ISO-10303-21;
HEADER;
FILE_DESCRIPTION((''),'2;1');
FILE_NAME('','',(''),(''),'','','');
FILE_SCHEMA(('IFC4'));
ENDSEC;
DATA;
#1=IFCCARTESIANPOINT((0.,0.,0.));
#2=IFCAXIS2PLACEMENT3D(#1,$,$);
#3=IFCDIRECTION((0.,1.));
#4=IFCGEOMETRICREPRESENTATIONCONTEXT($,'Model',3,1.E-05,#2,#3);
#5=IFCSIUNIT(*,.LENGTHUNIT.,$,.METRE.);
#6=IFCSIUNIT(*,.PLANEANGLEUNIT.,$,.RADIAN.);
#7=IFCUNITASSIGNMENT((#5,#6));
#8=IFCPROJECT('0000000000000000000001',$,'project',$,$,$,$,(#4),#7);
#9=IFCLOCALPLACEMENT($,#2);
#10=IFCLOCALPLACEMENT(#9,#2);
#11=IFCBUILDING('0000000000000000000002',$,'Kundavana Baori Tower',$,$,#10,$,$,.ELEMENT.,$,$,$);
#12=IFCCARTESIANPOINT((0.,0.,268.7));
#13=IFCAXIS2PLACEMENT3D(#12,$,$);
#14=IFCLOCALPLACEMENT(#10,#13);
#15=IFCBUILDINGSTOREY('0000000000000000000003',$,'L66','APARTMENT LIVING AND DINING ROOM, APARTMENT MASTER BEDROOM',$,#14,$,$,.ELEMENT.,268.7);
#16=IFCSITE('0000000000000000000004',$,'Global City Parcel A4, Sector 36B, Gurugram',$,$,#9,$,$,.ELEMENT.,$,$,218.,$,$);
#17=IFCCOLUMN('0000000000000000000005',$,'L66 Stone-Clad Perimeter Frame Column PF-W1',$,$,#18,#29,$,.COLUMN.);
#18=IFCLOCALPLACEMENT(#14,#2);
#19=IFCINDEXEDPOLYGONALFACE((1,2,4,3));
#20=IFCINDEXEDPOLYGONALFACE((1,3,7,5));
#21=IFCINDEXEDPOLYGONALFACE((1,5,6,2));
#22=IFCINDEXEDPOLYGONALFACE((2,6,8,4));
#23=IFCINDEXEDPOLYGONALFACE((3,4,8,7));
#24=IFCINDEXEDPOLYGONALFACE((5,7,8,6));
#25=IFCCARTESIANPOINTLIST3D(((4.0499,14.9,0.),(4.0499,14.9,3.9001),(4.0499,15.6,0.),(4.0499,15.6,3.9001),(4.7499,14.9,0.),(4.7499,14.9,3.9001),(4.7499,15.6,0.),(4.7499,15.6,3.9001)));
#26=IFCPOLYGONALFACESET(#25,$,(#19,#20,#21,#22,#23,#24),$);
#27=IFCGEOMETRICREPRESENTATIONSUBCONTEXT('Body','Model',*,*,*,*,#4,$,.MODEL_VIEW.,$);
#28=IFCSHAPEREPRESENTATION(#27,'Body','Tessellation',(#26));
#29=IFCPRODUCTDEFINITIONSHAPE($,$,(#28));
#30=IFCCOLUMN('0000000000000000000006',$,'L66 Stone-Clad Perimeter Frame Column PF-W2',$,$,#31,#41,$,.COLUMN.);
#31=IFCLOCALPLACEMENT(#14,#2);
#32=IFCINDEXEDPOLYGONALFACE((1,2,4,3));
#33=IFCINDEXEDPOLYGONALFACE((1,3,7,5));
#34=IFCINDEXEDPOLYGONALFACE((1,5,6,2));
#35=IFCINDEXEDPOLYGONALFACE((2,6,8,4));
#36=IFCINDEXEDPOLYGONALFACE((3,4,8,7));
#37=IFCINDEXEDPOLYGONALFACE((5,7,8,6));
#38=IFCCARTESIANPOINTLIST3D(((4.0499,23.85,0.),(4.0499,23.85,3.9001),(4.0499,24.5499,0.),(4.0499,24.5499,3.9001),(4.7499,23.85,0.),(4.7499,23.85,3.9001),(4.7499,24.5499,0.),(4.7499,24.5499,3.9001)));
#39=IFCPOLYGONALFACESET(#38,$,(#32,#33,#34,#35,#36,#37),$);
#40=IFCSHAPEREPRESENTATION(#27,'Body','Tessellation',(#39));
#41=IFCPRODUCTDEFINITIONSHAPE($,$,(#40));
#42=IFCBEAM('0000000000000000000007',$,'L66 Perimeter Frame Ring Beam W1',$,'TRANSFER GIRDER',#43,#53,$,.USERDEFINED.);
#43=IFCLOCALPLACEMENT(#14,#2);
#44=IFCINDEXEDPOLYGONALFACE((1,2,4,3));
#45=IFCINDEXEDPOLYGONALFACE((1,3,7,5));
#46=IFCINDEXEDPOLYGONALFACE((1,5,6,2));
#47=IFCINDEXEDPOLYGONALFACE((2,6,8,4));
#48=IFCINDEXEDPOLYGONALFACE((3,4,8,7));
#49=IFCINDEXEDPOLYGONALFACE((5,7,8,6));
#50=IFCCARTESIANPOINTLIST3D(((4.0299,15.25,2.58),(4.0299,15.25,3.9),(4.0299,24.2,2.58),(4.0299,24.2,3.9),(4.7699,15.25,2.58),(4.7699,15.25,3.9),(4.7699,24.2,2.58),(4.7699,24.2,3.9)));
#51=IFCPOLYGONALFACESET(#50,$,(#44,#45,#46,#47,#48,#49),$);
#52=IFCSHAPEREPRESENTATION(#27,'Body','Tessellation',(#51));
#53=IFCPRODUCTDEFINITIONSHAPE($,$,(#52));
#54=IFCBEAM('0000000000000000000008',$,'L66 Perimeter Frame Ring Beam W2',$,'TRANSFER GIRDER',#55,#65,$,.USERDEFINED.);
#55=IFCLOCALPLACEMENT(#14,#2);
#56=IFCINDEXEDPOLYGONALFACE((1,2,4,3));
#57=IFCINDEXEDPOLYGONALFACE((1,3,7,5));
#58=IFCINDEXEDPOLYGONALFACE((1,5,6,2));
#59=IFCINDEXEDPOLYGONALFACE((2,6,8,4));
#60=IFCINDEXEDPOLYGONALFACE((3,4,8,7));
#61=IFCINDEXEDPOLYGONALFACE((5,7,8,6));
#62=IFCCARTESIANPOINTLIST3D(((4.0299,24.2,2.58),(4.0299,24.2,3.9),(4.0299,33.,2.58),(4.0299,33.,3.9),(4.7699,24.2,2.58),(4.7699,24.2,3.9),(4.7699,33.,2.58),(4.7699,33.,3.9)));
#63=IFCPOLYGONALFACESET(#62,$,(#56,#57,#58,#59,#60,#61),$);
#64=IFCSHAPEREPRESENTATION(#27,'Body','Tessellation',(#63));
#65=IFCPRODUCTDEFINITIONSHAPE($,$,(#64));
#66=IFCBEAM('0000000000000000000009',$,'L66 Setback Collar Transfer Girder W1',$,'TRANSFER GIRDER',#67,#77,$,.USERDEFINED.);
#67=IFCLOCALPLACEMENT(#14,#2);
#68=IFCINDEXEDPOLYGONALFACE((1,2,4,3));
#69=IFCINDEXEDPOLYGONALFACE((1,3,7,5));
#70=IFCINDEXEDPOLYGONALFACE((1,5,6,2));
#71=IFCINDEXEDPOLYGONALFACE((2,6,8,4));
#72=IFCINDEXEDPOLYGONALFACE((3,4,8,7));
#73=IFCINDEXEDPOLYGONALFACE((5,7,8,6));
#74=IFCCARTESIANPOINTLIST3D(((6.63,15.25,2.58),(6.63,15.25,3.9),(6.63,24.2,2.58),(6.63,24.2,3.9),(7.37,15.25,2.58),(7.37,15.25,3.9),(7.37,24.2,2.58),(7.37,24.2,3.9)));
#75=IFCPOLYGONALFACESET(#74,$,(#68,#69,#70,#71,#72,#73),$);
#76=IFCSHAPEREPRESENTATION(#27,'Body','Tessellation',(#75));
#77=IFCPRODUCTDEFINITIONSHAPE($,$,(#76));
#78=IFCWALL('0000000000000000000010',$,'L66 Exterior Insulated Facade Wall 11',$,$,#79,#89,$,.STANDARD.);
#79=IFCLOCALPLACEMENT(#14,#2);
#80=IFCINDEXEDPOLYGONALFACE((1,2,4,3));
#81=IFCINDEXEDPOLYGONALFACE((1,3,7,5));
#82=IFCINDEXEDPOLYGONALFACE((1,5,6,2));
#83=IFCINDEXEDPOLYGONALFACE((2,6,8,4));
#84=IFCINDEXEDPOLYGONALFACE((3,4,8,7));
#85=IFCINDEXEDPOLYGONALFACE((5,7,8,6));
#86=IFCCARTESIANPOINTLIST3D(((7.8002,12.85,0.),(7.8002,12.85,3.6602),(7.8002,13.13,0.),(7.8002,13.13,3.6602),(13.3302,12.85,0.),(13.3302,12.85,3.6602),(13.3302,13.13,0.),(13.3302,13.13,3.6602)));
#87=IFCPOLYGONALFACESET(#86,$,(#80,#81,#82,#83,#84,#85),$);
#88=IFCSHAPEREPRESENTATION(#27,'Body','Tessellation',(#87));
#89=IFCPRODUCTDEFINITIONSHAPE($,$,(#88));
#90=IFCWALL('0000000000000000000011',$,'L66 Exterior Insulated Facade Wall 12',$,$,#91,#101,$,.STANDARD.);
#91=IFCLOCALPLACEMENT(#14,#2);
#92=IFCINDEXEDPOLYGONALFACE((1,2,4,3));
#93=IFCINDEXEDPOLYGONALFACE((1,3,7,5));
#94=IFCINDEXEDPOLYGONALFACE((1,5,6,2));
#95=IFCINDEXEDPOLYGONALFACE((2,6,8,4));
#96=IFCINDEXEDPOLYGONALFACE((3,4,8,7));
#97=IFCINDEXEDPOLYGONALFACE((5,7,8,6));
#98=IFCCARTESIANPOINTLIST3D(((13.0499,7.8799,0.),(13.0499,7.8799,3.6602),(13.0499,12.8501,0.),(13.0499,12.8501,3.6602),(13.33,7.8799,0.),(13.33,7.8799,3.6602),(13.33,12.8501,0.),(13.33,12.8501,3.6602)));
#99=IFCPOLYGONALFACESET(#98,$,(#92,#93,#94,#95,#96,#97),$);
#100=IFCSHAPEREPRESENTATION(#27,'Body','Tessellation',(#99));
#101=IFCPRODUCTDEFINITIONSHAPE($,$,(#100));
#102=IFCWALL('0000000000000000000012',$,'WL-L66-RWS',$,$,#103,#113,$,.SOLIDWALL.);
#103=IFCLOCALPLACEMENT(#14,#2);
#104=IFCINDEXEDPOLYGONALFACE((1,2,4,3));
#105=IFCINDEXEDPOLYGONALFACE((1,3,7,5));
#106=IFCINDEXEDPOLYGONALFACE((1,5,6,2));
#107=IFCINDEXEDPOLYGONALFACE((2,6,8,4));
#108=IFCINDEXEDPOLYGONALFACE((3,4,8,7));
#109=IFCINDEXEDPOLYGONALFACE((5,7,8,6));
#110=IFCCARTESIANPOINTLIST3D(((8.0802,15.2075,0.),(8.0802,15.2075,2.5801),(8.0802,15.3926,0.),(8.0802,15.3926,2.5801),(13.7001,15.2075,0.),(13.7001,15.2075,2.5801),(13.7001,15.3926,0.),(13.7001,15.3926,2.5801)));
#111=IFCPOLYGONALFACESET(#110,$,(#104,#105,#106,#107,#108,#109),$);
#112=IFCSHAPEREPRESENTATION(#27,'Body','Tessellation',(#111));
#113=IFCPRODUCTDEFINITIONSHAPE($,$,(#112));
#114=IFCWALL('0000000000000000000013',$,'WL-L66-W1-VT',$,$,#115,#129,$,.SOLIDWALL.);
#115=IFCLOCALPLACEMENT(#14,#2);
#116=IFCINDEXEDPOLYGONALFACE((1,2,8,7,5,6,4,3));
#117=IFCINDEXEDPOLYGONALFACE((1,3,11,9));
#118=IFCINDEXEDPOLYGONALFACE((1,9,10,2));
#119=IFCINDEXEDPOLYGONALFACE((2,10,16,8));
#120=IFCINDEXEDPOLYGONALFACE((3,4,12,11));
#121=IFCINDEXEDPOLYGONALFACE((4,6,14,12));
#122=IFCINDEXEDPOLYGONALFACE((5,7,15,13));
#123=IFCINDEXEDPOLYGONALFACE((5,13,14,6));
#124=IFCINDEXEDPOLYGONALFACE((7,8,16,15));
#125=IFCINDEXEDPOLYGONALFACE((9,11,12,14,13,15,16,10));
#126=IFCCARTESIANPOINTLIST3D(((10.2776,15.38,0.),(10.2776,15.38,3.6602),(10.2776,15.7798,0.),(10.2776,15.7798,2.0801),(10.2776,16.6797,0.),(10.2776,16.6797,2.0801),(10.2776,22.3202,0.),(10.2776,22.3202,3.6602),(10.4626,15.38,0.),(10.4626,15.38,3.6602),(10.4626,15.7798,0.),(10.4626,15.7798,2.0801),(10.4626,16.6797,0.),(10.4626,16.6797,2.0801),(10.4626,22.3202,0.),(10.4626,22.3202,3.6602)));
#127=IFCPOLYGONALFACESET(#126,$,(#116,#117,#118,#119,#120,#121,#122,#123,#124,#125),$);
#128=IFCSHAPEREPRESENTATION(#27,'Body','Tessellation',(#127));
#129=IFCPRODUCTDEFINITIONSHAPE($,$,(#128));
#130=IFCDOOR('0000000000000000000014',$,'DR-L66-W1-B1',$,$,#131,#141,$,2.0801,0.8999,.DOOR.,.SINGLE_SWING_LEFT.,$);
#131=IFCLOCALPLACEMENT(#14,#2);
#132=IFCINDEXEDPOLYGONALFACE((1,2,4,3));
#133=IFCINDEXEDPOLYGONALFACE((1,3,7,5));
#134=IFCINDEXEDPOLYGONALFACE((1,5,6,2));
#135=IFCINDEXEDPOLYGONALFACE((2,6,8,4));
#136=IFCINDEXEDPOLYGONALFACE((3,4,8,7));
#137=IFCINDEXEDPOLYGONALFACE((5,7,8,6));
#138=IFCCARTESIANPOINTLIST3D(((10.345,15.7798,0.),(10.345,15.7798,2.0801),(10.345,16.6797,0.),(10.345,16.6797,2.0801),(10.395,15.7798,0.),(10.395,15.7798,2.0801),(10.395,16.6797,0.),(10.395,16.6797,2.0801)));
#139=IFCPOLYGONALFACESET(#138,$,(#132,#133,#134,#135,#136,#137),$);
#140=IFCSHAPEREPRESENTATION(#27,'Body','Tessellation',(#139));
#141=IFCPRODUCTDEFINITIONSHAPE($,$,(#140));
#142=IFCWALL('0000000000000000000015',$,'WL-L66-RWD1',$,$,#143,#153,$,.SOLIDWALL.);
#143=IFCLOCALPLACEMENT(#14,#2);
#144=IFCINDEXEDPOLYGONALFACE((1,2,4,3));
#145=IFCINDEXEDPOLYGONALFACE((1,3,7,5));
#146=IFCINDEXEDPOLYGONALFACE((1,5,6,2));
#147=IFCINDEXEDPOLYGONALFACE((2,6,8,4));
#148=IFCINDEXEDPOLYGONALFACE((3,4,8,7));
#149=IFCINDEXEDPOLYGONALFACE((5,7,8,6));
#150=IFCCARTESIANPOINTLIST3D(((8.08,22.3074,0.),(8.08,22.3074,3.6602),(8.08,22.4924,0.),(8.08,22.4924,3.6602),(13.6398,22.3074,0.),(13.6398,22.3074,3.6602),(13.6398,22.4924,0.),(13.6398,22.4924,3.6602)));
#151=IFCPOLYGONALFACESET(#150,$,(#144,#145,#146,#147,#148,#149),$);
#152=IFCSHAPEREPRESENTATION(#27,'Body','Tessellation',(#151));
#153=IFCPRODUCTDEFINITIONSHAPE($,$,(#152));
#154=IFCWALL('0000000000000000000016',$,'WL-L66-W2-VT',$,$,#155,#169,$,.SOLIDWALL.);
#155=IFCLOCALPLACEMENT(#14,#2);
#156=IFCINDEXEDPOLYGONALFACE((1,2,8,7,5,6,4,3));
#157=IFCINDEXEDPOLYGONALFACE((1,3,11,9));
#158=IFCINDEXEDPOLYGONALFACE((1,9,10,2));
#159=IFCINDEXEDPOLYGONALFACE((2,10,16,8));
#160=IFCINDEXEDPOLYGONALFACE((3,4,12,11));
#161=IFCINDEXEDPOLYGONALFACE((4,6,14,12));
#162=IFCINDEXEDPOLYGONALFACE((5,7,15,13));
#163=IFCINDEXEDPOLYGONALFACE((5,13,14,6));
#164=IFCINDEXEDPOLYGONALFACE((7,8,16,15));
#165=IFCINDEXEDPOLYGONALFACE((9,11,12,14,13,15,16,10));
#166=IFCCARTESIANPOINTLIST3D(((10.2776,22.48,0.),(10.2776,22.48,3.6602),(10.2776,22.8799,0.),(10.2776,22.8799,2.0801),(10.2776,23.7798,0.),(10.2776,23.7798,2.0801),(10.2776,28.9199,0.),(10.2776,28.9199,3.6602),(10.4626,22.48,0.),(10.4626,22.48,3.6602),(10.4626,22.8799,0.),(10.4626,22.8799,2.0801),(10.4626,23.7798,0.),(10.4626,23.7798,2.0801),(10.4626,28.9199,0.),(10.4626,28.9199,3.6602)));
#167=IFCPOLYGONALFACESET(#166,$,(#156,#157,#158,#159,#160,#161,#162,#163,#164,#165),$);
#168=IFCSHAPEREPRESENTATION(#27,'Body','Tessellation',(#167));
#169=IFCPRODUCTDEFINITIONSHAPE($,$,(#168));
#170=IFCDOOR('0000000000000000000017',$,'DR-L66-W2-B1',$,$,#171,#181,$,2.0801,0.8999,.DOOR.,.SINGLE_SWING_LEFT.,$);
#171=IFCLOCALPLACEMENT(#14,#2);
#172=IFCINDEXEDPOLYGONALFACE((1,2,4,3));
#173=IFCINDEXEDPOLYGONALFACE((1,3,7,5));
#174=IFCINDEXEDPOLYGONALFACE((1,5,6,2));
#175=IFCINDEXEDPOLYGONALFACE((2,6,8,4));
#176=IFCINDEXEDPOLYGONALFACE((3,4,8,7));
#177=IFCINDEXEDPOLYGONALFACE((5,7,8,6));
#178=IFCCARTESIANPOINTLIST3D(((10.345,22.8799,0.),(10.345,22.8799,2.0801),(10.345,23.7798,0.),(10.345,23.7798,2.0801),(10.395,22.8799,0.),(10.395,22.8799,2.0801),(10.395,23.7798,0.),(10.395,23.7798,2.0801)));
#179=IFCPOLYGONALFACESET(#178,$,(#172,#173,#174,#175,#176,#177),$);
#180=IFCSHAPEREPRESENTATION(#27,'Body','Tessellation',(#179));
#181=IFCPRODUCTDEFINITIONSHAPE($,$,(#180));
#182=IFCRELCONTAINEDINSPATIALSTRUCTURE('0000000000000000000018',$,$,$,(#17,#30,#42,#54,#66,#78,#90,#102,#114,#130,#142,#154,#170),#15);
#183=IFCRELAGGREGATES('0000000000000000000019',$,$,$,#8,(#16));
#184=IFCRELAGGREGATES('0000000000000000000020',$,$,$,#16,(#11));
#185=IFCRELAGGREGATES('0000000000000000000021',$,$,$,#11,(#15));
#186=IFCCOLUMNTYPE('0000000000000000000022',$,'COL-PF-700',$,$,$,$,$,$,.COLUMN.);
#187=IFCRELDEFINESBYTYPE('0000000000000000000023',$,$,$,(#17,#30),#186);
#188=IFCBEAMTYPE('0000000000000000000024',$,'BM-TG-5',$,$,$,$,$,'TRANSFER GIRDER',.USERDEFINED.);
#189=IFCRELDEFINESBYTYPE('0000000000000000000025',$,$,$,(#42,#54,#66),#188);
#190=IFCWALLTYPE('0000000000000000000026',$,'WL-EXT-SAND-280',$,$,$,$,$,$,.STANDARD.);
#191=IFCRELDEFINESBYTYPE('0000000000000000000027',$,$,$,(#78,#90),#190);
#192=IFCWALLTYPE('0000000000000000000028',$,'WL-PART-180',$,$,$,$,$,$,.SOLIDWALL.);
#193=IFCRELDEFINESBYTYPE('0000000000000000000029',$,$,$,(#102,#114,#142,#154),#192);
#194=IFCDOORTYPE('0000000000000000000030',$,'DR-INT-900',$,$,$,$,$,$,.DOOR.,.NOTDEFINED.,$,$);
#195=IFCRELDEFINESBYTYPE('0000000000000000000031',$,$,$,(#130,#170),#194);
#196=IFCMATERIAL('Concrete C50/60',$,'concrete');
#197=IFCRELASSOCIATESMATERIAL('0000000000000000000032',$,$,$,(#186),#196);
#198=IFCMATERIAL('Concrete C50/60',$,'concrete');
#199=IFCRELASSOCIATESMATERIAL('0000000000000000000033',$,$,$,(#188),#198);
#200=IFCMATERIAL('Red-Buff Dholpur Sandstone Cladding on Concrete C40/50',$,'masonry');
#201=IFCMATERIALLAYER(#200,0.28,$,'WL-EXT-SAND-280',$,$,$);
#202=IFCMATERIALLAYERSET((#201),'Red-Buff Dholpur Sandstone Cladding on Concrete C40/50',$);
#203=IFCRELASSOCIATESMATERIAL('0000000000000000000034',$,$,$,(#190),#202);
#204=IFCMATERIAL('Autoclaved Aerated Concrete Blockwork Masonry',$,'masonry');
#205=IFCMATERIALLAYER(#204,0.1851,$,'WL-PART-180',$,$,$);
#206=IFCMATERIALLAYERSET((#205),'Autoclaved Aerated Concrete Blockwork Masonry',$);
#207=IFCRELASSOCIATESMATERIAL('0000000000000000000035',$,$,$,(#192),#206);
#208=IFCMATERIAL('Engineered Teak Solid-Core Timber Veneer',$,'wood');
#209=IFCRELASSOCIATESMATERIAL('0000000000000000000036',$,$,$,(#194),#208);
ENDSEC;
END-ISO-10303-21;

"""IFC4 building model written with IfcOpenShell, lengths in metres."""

from ifc_helpers import new_model, si_unit, direction, frame, frame_2d, origin, origin_2d, place, context, subcontext, project, spatial, rectangle, extrude, material, layer, layer_set, material_profile, profile_set, type_object, element, fill, save


model = new_model("IFC4")

# Units and contexts
model_context = context("Model", 3, precision=1e-05, world=origin(), true_north=direction((0.0, 1.0)))
body_context = subcontext(model_context, "Body", "Model", "MODEL_VIEW")
ifc_project = project(units=[si_unit("LENGTHUNIT", "METRE"), si_unit("PLANEANGLEUNIT", "RADIAN")], contexts=[model_context])

# Site, building, storey
site_placement = place(None, origin())
site = spatial("IfcSite", under=ifc_project, at=site_placement, Name="Global City Parcel A4, Sector 36B, Gurugram", CompositionType="ELEMENT", RefElevation=218.0)
building_placement = place(site_placement, origin())
building = spatial("IfcBuilding", under=site, at=building_placement, Name="Kundavana Baori Tower", CompositionType="ELEMENT")
storey_placement = place(building_placement, frame((0.0, 0.0, 268.7)))
storey = spatial("IfcBuildingStorey", under=building, at=storey_placement, Name="L66", Description="APARTMENT LIVING AND DINING ROOM, APARTMENT MASTER BEDROOM", CompositionType="ELEMENT", Elevation=268.7)

# Columns
ifc_material_1 = material(Name="Concrete C50/60", Category="concrete")
ifc_material_profile_1 = material_profile(ifc_material_1, rectangle(XDim=0.7, YDim=0.7, at=origin_2d()), Name="RC PF 700x700")
ifc_profile_set_1 = profile_set([ifc_material_profile_1], Name="Concrete C50/60")
column_type = type_object("IfcColumnType", Name="COL-PF-700", PredefinedType="COLUMN", material=ifc_profile_set_1)
for number, where, z_axis, x_axis, name in (
    (1, (4.3999, 15.25, 0.0), (0.0, 0.0, 1.0), (1.0, 0.0, 0.0), "L66 Stone-Clad Perimeter Frame Column PF-W1"),
    (2, (4.3999, 24.2, 0.0), (0.0, 0.0, 1.0), (1.0, 0.0, 0.0), "L66 Stone-Clad Perimeter Frame Column PF-W2"),
):
    element("IfcColumn", number, at=place(storey_placement, frame(where, z_axis=z_axis, x_axis=x_axis)), inside=storey, type_object=column_type, Name=name, PredefinedType="COLUMN", context=body_context, shape_type="SweptSolid", body=[
        extrude(rectangle(XDim=0.7, YDim=0.7, at=origin_2d()), origin(), (0.0, 0.0, 1.0), 3.9001),
    ])

# Beams
ifc_material_2 = material(Name="Concrete C50/60", Category="concrete")
ifc_material_profile_2 = material_profile(ifc_material_2, rectangle(XDim=0.74, YDim=1.3201, at=origin_2d()), Name="BM-TG-5")
ifc_profile_set_2 = profile_set([ifc_material_profile_2], Name="Concrete C50/60")
beam_type = type_object("IfcBeamType", Name="BM-TG-5", ElementType="TRANSFER GIRDER", PredefinedType="USERDEFINED", material=ifc_profile_set_2)
beam_1_placement = place(storey_placement, frame((4.3999, 15.25, 3.24), z_axis=(0.0, 1.0, 0.0), x_axis=(-1.0, 0.0, 0.0)))
element("IfcBeam", 3, at=beam_1_placement, inside=storey, type_object=beam_type, Name="L66 Perimeter Frame Ring Beam W1", ObjectType="TRANSFER GIRDER", PredefinedType="USERDEFINED", context=body_context, shape_type="SweptSolid", body=[
    extrude(rectangle(XDim=0.74, YDim=1.3201, at=origin_2d()), origin(), (0.0, 0.0, 1.0), 8.95),
])
beam_2_placement = place(storey_placement, frame((4.3999, 24.2, 3.24), z_axis=(0.0, 1.0, 0.0), x_axis=(-1.0, 0.0, 0.0)))
element("IfcBeam", 4, at=beam_2_placement, inside=storey, type_object=beam_type, Name="L66 Perimeter Frame Ring Beam W2", ObjectType="TRANSFER GIRDER", PredefinedType="USERDEFINED", context=body_context, shape_type="SweptSolid", body=[
    extrude(rectangle(XDim=0.74, YDim=1.3201, at=origin_2d()), origin(), (0.0, 0.0, 1.0), 8.8),
])
beam_3_placement = place(storey_placement, frame((7.0, 15.25, 3.24), z_axis=(0.0, 1.0, 0.0), x_axis=(-1.0, 0.0, 0.0)))
element("IfcBeam", 5, at=beam_3_placement, inside=storey, type_object=beam_type, Name="L66 Setback Collar Transfer Girder W1", ObjectType="TRANSFER GIRDER", PredefinedType="USERDEFINED", context=body_context, shape_type="SweptSolid", body=[
    extrude(rectangle(XDim=0.74, YDim=1.3201, at=origin_2d()), origin(), (0.0, 0.0, 1.0), 8.95),
])

# Walls
ifc_material_3 = material(Name="Red-Buff Dholpur Sandstone Cladding on Concrete C40/50", Category="masonry")
ifc_layer_1 = layer(ifc_material_3, 0.28, Name="WL-EXT-SAND-280")
ifc_layer_set_1 = layer_set([ifc_layer_1], Name="Red-Buff Dholpur Sandstone Cladding on Concrete C40/50")
wall_type_1 = type_object("IfcWallType", Name="WL-EXT-SAND-280", PredefinedType="STANDARD", material=ifc_layer_set_1)
wall_1_placement = place(storey_placement, frame((7.8, 12.99, 0.0), z_axis=(0.0, 0.0, 1.0), x_axis=(1.0, 0.0, 0.0)))
element("IfcWall", 6, at=wall_1_placement, inside=storey, type_object=wall_type_1, Name="L66 Exterior Insulated Facade Wall 11", PredefinedType="STANDARD", context=body_context, shape_type="SweptSolid", body=[
    extrude(rectangle(XDim=5.53, YDim=0.28, at=frame_2d((2.7651, 0.0))), origin(), (0.0, 0.0, 1.0), 3.6602),
])
wall_2_placement = place(storey_placement, frame((13.1899, 12.8501, 0.0), z_axis=(0.0, 0.0, 1.0), x_axis=(0.0, -1.0, 0.0)))
element("IfcWall", 7, at=wall_2_placement, inside=storey, type_object=wall_type_1, Name="L66 Exterior Insulated Facade Wall 12", PredefinedType="STANDARD", context=body_context, shape_type="SweptSolid", body=[
    extrude(rectangle(XDim=4.9702, YDim=0.28, at=frame_2d((2.4851, 0.0))), origin(), (0.0, 0.0, 1.0), 3.6602),
])
ifc_material_4 = material(Name="Autoclaved Aerated Concrete Blockwork Masonry", Category="masonry")
ifc_layer_2 = layer(ifc_material_4, 0.1851, Name="WL-PART-180")
ifc_layer_set_2 = layer_set([ifc_layer_2], Name="Autoclaved Aerated Concrete Blockwork Masonry")
wall_type_2 = type_object("IfcWallType", Name="WL-PART-180", PredefinedType="SOLIDWALL", material=ifc_layer_set_2)
wall_3_placement = place(storey_placement, frame((8.0801, 15.3, 0.0), z_axis=(0.0, 0.0, 1.0), x_axis=(1.0, 0.0, 0.0)))
element("IfcWall", 8, at=wall_3_placement, inside=storey, type_object=wall_type_2, Name="WL-L66-RWS", PredefinedType="SOLIDWALL", context=body_context, shape_type="SweptSolid", body=[
    extrude(rectangle(XDim=5.6199, YDim=0.1851, at=frame_2d((2.8101, 0.0))), origin(), (0.0, 0.0, 1.0), 2.5801),
])

# Wall, opening, door
wall_4_placement = place(storey_placement, frame((10.3701, 15.3799, 0.0), z_axis=(0.0, 0.0, 1.0), x_axis=(0.0, 1.0, 0.0)))
wall_4 = element("IfcWall", 9, at=wall_4_placement, inside=storey, type_object=wall_type_2, Name="WL-L66-W1-VT", PredefinedType="SOLIDWALL", context=body_context, shape_type="SweptSolid", body=[
    extrude(rectangle(XDim=6.9402, YDim=0.1851, at=frame_2d((3.4702, 0.0))), origin(), (0.0, 0.0, 1.0), 3.6602),
])
opening_1_placement = place(wall_4_placement, frame((0.3999, 0.0, 0.0)))
opening_1 = element("IfcOpeningElement", 10, at=opening_1_placement, cuts=wall_4, PredefinedType="OPENING", context=body_context, shape_type="SweptSolid", body=[
    extrude(rectangle(XDim=0.8999, YDim=2.0801, at=frame_2d((0.45, 1.04))), frame((0.0, 0.1025, 0.0), z_axis=(0.0, -1.0, 0.0), x_axis=(1.0, 0.0, 0.0)), (0.0, 0.0, 1.0), 0.2051),
])
ifc_material_5 = material(Name="Engineered Teak Solid-Core Timber Veneer", Category="wood")
door_type_1 = type_object("IfcDoorType", Name="DR-INT-900", OperationType="NOTDEFINED", PredefinedType="DOOR", material=ifc_material_5)
door_1_placement = place(opening_1_placement, frame((0.8999, 0.0, 0.0), z_axis=(0.0, 0.0, 1.0), x_axis=(-1.0, 0.0, 0.0)))
door_1 = element("IfcDoor", 11, at=door_1_placement, inside=storey, type_object=door_type_1, Name="DR-L66-W1-B1", OperationType="SINGLE_SWING_LEFT", OverallHeight=2.0801, OverallWidth=0.8999, PredefinedType="DOOR", context=body_context, shape_type="SweptSolid", body=[
    extrude(rectangle(XDim=0.8999, YDim=2.0801, at=frame_2d((0.45, 1.04))), frame((0.0, 0.0249, 0.0), z_axis=(0.0, -1.0, 0.0), x_axis=(1.0, 0.0, 0.0)), (0.0, 0.0, 1.0), 0.05),
])
fill(opening_1, door_1)

# Wall
wall_5_placement = place(storey_placement, frame((8.0801, 22.3999, 0.0), z_axis=(0.0, 0.0, 1.0), x_axis=(1.0, 0.0, 0.0)))
element("IfcWall", 12, at=wall_5_placement, inside=storey, type_object=wall_type_2, Name="WL-L66-RWD1", PredefinedType="SOLIDWALL", context=body_context, shape_type="SweptSolid", body=[
    extrude(rectangle(XDim=5.5598, YDim=0.1851, at=frame_2d((2.7798, 0.0))), origin(), (0.0, 0.0, 1.0), 3.6602),
])

# Wall, opening, door
wall_6_placement = place(storey_placement, frame((10.3701, 22.48, 0.0), z_axis=(0.0, 0.0, 1.0), x_axis=(0.0, 1.0, 0.0)))
wall_6 = element("IfcWall", 13, at=wall_6_placement, inside=storey, type_object=wall_type_2, Name="WL-L66-W2-VT", PredefinedType="SOLIDWALL", context=body_context, shape_type="SweptSolid", body=[
    extrude(rectangle(XDim=6.4399, YDim=0.1851, at=frame_2d((3.22, 0.0))), origin(), (0.0, 0.0, 1.0), 3.6602),
])
opening_2_placement = place(wall_6_placement, frame((0.3999, 0.0, 0.0)))
opening_2 = element("IfcOpeningElement", 14, at=opening_2_placement, cuts=wall_6, PredefinedType="OPENING", context=body_context, shape_type="SweptSolid", body=[
    extrude(rectangle(XDim=0.8999, YDim=2.0801, at=frame_2d((0.45, 1.04))), frame((0.0, 0.1025, 0.0), z_axis=(0.0, -1.0, 0.0), x_axis=(1.0, 0.0, 0.0)), (0.0, 0.0, 1.0), 0.2051),
])
door_2_placement = place(opening_2_placement, frame((0.8999, 0.0, 0.0), z_axis=(0.0, 0.0, 1.0), x_axis=(-1.0, 0.0, 0.0)))
door_2 = element("IfcDoor", 15, at=door_2_placement, inside=storey, type_object=door_type_1, Name="DR-L66-W2-B1", OperationType="SINGLE_SWING_LEFT", OverallHeight=2.0801, OverallWidth=0.8999, PredefinedType="DOOR", context=body_context, shape_type="SweptSolid", body=[
    extrude(rectangle(XDim=0.8999, YDim=2.0801, at=frame_2d((0.45, 1.04))), frame((0.0, 0.0249, 0.0), z_axis=(0.0, -1.0, 0.0), x_axis=(1.0, 0.0, 0.0)), (0.0, 0.0, 1.0), 0.05),
])
fill(opening_2, door_2)

save(model, "model.ifc")
